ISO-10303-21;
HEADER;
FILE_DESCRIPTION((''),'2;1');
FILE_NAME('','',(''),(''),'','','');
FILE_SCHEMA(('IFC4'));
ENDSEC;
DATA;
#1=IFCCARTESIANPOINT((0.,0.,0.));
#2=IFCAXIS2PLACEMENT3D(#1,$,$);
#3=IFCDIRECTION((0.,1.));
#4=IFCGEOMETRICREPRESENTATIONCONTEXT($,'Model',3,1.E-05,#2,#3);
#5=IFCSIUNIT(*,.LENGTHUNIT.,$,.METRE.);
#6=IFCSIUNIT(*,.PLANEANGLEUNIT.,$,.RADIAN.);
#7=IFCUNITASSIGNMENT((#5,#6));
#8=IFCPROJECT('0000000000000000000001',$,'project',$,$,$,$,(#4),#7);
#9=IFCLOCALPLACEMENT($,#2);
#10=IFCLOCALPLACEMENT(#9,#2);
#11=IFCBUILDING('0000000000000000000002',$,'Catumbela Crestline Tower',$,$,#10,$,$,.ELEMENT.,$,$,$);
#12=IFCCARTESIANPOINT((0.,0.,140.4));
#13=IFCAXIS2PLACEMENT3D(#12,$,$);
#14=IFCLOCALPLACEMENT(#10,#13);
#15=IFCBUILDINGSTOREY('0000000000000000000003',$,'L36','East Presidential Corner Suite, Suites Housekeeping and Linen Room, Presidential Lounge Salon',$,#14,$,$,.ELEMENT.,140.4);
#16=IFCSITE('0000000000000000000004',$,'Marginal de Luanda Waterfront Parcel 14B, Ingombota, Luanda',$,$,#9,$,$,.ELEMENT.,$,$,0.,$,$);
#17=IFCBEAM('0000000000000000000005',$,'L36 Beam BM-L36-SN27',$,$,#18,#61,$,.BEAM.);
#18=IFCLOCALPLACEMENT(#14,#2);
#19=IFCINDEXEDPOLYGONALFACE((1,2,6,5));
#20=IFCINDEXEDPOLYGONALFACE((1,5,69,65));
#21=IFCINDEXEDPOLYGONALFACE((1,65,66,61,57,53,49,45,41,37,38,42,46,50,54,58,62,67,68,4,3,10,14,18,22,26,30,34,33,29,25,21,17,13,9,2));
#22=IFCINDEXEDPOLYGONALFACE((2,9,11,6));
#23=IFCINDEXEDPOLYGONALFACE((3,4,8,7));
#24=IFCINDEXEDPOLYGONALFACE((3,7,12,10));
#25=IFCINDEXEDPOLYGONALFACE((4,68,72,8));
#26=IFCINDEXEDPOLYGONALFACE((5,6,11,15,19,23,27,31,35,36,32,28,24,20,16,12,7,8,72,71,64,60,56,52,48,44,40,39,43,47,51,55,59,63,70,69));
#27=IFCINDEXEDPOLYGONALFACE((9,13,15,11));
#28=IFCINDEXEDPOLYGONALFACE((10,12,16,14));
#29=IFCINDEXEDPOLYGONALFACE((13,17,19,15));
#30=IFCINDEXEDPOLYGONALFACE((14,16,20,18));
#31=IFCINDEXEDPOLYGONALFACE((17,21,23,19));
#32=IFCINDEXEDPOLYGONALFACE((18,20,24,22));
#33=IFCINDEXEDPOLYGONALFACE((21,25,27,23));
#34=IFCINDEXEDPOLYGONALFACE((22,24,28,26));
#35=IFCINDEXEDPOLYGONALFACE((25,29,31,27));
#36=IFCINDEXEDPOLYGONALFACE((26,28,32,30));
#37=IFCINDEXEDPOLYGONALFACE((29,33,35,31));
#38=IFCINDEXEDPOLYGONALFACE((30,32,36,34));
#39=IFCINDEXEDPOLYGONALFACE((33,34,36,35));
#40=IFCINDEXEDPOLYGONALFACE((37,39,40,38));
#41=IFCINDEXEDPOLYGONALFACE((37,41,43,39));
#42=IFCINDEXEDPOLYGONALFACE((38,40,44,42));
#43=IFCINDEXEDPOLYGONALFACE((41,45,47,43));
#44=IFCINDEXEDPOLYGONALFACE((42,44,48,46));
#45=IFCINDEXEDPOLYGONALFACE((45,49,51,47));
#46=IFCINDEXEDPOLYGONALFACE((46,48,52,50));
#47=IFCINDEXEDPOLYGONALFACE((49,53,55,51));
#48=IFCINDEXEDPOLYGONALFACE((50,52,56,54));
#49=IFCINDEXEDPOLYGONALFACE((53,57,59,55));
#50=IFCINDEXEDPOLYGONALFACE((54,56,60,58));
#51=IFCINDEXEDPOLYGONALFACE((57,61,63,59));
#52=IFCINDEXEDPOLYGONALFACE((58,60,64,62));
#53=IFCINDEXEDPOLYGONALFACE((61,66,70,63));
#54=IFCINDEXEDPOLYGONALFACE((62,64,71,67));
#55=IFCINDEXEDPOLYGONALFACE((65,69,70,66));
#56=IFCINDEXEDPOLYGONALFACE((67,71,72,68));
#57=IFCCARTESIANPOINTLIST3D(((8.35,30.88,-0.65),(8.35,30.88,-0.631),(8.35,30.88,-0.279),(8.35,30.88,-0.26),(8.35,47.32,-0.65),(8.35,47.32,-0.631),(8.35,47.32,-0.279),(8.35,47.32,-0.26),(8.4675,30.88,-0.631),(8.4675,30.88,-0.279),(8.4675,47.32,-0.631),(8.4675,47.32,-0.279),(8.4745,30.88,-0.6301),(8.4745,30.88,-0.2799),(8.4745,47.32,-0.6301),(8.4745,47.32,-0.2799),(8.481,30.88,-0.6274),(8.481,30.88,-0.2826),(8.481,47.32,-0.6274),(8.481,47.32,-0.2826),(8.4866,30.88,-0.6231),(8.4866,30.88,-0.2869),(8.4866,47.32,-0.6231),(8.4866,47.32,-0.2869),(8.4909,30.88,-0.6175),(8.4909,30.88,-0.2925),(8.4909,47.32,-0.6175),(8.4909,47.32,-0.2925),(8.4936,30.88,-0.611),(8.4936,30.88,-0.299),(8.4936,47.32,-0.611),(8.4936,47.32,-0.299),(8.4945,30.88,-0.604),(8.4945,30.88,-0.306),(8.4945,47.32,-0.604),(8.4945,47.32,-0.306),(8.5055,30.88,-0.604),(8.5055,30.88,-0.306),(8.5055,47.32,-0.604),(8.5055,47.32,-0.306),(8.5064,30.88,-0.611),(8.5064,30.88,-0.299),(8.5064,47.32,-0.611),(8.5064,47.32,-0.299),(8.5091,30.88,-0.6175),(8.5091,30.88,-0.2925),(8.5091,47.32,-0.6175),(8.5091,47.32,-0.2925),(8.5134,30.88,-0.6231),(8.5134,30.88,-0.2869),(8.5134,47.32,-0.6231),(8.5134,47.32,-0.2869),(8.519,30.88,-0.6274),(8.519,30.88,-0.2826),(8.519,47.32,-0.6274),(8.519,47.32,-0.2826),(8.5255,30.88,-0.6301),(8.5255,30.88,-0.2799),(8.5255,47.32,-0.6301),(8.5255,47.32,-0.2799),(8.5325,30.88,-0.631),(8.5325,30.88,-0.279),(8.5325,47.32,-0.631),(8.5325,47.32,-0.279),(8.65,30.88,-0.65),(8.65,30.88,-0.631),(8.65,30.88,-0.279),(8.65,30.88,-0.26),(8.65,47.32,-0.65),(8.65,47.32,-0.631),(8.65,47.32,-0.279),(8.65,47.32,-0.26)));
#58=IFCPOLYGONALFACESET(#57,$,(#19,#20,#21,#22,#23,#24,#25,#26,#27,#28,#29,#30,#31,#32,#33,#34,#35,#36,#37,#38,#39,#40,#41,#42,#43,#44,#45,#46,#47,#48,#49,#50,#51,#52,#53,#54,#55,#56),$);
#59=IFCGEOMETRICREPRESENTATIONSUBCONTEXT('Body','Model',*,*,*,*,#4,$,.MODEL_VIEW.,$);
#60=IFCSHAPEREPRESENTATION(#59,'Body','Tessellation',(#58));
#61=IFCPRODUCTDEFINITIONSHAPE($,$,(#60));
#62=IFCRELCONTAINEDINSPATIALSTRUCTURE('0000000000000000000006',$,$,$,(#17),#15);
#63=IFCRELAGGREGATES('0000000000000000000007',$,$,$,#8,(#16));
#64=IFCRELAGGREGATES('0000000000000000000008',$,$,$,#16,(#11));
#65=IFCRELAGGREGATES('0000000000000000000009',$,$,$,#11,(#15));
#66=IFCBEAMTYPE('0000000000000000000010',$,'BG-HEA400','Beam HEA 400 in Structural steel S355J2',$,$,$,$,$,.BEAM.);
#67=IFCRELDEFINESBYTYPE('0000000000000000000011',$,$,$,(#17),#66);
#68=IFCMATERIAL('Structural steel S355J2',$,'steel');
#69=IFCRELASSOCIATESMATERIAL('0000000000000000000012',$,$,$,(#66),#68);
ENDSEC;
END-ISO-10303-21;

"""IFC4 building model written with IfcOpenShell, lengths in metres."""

from ifc_helpers import new_model, si_unit, direction, frame, origin, origin_2d, place, context, subcontext, project, spatial, i_section, extrude, material, material_profile, profile_set, type_object, element, save


model = new_model("IFC4")

# Units and contexts
model_context = context("Model", 3, precision=1e-05, world=origin(), true_north=direction((0.0, 1.0)))
body_context = subcontext(model_context, "Body", "Model", "MODEL_VIEW")
ifc_project = project(units=[si_unit("LENGTHUNIT", "METRE"), si_unit("PLANEANGLEUNIT", "RADIAN")], contexts=[model_context])

# Site, building, storey
site_placement = place(None, origin())
site = spatial("IfcSite", under=ifc_project, at=site_placement, Name="Marginal de Luanda Waterfront Parcel 14B, Ingombota, Luanda", CompositionType="ELEMENT", RefElevation=0.0)
building_placement = place(site_placement, origin())
building = spatial("IfcBuilding", under=site, at=building_placement, Name="Catumbela Crestline Tower", CompositionType="ELEMENT")
storey_placement = place(building_placement, frame((0.0, 0.0, 140.4)))
storey = spatial("IfcBuildingStorey", under=building, at=storey_placement, Name="L36", Description="East Presidential Corner Suite, Suites Housekeeping and Linen Room, Presidential Lounge Salon", CompositionType="ELEMENT", Elevation=140.4)

# Beam
ifc_material_1 = material(Name="Structural steel S355J2", Category="steel")
ifc_material_profile_1 = material_profile(ifc_material_1, i_section(OverallWidth=0.3, OverallDepth=0.39, WebThickness=0.011, FlangeThickness=0.019, FilletRadius=0.027, at=origin_2d()), Name="HEA 400")
ifc_profile_set_1 = profile_set([ifc_material_profile_1], Name="Structural steel S355J2")
beam_type = type_object("IfcBeamType", Name="BG-HEA400", Description="Beam HEA 400 in Structural steel S355J2", PredefinedType="BEAM", material=ifc_profile_set_1)
beam_1_placement = place(storey_placement, frame((8.5, 30.88, -0.455), z_axis=(0.0, 1.0, 0.0), x_axis=(-1.0, 0.0, 0.0)))
element("IfcBeam", 1, at=beam_1_placement, inside=storey, type_object=beam_type, Name="L36 Beam BM-L36-SN27", PredefinedType="BEAM", context=body_context, shape_type="SweptSolid", body=[
    extrude(i_section(OverallWidth=0.3, OverallDepth=0.39, WebThickness=0.011, FlangeThickness=0.019, FilletRadius=0.027, at=origin_2d()), origin(), (0.0, 0.0, 1.0), 16.44),
])

save(model, "model.ifc")
